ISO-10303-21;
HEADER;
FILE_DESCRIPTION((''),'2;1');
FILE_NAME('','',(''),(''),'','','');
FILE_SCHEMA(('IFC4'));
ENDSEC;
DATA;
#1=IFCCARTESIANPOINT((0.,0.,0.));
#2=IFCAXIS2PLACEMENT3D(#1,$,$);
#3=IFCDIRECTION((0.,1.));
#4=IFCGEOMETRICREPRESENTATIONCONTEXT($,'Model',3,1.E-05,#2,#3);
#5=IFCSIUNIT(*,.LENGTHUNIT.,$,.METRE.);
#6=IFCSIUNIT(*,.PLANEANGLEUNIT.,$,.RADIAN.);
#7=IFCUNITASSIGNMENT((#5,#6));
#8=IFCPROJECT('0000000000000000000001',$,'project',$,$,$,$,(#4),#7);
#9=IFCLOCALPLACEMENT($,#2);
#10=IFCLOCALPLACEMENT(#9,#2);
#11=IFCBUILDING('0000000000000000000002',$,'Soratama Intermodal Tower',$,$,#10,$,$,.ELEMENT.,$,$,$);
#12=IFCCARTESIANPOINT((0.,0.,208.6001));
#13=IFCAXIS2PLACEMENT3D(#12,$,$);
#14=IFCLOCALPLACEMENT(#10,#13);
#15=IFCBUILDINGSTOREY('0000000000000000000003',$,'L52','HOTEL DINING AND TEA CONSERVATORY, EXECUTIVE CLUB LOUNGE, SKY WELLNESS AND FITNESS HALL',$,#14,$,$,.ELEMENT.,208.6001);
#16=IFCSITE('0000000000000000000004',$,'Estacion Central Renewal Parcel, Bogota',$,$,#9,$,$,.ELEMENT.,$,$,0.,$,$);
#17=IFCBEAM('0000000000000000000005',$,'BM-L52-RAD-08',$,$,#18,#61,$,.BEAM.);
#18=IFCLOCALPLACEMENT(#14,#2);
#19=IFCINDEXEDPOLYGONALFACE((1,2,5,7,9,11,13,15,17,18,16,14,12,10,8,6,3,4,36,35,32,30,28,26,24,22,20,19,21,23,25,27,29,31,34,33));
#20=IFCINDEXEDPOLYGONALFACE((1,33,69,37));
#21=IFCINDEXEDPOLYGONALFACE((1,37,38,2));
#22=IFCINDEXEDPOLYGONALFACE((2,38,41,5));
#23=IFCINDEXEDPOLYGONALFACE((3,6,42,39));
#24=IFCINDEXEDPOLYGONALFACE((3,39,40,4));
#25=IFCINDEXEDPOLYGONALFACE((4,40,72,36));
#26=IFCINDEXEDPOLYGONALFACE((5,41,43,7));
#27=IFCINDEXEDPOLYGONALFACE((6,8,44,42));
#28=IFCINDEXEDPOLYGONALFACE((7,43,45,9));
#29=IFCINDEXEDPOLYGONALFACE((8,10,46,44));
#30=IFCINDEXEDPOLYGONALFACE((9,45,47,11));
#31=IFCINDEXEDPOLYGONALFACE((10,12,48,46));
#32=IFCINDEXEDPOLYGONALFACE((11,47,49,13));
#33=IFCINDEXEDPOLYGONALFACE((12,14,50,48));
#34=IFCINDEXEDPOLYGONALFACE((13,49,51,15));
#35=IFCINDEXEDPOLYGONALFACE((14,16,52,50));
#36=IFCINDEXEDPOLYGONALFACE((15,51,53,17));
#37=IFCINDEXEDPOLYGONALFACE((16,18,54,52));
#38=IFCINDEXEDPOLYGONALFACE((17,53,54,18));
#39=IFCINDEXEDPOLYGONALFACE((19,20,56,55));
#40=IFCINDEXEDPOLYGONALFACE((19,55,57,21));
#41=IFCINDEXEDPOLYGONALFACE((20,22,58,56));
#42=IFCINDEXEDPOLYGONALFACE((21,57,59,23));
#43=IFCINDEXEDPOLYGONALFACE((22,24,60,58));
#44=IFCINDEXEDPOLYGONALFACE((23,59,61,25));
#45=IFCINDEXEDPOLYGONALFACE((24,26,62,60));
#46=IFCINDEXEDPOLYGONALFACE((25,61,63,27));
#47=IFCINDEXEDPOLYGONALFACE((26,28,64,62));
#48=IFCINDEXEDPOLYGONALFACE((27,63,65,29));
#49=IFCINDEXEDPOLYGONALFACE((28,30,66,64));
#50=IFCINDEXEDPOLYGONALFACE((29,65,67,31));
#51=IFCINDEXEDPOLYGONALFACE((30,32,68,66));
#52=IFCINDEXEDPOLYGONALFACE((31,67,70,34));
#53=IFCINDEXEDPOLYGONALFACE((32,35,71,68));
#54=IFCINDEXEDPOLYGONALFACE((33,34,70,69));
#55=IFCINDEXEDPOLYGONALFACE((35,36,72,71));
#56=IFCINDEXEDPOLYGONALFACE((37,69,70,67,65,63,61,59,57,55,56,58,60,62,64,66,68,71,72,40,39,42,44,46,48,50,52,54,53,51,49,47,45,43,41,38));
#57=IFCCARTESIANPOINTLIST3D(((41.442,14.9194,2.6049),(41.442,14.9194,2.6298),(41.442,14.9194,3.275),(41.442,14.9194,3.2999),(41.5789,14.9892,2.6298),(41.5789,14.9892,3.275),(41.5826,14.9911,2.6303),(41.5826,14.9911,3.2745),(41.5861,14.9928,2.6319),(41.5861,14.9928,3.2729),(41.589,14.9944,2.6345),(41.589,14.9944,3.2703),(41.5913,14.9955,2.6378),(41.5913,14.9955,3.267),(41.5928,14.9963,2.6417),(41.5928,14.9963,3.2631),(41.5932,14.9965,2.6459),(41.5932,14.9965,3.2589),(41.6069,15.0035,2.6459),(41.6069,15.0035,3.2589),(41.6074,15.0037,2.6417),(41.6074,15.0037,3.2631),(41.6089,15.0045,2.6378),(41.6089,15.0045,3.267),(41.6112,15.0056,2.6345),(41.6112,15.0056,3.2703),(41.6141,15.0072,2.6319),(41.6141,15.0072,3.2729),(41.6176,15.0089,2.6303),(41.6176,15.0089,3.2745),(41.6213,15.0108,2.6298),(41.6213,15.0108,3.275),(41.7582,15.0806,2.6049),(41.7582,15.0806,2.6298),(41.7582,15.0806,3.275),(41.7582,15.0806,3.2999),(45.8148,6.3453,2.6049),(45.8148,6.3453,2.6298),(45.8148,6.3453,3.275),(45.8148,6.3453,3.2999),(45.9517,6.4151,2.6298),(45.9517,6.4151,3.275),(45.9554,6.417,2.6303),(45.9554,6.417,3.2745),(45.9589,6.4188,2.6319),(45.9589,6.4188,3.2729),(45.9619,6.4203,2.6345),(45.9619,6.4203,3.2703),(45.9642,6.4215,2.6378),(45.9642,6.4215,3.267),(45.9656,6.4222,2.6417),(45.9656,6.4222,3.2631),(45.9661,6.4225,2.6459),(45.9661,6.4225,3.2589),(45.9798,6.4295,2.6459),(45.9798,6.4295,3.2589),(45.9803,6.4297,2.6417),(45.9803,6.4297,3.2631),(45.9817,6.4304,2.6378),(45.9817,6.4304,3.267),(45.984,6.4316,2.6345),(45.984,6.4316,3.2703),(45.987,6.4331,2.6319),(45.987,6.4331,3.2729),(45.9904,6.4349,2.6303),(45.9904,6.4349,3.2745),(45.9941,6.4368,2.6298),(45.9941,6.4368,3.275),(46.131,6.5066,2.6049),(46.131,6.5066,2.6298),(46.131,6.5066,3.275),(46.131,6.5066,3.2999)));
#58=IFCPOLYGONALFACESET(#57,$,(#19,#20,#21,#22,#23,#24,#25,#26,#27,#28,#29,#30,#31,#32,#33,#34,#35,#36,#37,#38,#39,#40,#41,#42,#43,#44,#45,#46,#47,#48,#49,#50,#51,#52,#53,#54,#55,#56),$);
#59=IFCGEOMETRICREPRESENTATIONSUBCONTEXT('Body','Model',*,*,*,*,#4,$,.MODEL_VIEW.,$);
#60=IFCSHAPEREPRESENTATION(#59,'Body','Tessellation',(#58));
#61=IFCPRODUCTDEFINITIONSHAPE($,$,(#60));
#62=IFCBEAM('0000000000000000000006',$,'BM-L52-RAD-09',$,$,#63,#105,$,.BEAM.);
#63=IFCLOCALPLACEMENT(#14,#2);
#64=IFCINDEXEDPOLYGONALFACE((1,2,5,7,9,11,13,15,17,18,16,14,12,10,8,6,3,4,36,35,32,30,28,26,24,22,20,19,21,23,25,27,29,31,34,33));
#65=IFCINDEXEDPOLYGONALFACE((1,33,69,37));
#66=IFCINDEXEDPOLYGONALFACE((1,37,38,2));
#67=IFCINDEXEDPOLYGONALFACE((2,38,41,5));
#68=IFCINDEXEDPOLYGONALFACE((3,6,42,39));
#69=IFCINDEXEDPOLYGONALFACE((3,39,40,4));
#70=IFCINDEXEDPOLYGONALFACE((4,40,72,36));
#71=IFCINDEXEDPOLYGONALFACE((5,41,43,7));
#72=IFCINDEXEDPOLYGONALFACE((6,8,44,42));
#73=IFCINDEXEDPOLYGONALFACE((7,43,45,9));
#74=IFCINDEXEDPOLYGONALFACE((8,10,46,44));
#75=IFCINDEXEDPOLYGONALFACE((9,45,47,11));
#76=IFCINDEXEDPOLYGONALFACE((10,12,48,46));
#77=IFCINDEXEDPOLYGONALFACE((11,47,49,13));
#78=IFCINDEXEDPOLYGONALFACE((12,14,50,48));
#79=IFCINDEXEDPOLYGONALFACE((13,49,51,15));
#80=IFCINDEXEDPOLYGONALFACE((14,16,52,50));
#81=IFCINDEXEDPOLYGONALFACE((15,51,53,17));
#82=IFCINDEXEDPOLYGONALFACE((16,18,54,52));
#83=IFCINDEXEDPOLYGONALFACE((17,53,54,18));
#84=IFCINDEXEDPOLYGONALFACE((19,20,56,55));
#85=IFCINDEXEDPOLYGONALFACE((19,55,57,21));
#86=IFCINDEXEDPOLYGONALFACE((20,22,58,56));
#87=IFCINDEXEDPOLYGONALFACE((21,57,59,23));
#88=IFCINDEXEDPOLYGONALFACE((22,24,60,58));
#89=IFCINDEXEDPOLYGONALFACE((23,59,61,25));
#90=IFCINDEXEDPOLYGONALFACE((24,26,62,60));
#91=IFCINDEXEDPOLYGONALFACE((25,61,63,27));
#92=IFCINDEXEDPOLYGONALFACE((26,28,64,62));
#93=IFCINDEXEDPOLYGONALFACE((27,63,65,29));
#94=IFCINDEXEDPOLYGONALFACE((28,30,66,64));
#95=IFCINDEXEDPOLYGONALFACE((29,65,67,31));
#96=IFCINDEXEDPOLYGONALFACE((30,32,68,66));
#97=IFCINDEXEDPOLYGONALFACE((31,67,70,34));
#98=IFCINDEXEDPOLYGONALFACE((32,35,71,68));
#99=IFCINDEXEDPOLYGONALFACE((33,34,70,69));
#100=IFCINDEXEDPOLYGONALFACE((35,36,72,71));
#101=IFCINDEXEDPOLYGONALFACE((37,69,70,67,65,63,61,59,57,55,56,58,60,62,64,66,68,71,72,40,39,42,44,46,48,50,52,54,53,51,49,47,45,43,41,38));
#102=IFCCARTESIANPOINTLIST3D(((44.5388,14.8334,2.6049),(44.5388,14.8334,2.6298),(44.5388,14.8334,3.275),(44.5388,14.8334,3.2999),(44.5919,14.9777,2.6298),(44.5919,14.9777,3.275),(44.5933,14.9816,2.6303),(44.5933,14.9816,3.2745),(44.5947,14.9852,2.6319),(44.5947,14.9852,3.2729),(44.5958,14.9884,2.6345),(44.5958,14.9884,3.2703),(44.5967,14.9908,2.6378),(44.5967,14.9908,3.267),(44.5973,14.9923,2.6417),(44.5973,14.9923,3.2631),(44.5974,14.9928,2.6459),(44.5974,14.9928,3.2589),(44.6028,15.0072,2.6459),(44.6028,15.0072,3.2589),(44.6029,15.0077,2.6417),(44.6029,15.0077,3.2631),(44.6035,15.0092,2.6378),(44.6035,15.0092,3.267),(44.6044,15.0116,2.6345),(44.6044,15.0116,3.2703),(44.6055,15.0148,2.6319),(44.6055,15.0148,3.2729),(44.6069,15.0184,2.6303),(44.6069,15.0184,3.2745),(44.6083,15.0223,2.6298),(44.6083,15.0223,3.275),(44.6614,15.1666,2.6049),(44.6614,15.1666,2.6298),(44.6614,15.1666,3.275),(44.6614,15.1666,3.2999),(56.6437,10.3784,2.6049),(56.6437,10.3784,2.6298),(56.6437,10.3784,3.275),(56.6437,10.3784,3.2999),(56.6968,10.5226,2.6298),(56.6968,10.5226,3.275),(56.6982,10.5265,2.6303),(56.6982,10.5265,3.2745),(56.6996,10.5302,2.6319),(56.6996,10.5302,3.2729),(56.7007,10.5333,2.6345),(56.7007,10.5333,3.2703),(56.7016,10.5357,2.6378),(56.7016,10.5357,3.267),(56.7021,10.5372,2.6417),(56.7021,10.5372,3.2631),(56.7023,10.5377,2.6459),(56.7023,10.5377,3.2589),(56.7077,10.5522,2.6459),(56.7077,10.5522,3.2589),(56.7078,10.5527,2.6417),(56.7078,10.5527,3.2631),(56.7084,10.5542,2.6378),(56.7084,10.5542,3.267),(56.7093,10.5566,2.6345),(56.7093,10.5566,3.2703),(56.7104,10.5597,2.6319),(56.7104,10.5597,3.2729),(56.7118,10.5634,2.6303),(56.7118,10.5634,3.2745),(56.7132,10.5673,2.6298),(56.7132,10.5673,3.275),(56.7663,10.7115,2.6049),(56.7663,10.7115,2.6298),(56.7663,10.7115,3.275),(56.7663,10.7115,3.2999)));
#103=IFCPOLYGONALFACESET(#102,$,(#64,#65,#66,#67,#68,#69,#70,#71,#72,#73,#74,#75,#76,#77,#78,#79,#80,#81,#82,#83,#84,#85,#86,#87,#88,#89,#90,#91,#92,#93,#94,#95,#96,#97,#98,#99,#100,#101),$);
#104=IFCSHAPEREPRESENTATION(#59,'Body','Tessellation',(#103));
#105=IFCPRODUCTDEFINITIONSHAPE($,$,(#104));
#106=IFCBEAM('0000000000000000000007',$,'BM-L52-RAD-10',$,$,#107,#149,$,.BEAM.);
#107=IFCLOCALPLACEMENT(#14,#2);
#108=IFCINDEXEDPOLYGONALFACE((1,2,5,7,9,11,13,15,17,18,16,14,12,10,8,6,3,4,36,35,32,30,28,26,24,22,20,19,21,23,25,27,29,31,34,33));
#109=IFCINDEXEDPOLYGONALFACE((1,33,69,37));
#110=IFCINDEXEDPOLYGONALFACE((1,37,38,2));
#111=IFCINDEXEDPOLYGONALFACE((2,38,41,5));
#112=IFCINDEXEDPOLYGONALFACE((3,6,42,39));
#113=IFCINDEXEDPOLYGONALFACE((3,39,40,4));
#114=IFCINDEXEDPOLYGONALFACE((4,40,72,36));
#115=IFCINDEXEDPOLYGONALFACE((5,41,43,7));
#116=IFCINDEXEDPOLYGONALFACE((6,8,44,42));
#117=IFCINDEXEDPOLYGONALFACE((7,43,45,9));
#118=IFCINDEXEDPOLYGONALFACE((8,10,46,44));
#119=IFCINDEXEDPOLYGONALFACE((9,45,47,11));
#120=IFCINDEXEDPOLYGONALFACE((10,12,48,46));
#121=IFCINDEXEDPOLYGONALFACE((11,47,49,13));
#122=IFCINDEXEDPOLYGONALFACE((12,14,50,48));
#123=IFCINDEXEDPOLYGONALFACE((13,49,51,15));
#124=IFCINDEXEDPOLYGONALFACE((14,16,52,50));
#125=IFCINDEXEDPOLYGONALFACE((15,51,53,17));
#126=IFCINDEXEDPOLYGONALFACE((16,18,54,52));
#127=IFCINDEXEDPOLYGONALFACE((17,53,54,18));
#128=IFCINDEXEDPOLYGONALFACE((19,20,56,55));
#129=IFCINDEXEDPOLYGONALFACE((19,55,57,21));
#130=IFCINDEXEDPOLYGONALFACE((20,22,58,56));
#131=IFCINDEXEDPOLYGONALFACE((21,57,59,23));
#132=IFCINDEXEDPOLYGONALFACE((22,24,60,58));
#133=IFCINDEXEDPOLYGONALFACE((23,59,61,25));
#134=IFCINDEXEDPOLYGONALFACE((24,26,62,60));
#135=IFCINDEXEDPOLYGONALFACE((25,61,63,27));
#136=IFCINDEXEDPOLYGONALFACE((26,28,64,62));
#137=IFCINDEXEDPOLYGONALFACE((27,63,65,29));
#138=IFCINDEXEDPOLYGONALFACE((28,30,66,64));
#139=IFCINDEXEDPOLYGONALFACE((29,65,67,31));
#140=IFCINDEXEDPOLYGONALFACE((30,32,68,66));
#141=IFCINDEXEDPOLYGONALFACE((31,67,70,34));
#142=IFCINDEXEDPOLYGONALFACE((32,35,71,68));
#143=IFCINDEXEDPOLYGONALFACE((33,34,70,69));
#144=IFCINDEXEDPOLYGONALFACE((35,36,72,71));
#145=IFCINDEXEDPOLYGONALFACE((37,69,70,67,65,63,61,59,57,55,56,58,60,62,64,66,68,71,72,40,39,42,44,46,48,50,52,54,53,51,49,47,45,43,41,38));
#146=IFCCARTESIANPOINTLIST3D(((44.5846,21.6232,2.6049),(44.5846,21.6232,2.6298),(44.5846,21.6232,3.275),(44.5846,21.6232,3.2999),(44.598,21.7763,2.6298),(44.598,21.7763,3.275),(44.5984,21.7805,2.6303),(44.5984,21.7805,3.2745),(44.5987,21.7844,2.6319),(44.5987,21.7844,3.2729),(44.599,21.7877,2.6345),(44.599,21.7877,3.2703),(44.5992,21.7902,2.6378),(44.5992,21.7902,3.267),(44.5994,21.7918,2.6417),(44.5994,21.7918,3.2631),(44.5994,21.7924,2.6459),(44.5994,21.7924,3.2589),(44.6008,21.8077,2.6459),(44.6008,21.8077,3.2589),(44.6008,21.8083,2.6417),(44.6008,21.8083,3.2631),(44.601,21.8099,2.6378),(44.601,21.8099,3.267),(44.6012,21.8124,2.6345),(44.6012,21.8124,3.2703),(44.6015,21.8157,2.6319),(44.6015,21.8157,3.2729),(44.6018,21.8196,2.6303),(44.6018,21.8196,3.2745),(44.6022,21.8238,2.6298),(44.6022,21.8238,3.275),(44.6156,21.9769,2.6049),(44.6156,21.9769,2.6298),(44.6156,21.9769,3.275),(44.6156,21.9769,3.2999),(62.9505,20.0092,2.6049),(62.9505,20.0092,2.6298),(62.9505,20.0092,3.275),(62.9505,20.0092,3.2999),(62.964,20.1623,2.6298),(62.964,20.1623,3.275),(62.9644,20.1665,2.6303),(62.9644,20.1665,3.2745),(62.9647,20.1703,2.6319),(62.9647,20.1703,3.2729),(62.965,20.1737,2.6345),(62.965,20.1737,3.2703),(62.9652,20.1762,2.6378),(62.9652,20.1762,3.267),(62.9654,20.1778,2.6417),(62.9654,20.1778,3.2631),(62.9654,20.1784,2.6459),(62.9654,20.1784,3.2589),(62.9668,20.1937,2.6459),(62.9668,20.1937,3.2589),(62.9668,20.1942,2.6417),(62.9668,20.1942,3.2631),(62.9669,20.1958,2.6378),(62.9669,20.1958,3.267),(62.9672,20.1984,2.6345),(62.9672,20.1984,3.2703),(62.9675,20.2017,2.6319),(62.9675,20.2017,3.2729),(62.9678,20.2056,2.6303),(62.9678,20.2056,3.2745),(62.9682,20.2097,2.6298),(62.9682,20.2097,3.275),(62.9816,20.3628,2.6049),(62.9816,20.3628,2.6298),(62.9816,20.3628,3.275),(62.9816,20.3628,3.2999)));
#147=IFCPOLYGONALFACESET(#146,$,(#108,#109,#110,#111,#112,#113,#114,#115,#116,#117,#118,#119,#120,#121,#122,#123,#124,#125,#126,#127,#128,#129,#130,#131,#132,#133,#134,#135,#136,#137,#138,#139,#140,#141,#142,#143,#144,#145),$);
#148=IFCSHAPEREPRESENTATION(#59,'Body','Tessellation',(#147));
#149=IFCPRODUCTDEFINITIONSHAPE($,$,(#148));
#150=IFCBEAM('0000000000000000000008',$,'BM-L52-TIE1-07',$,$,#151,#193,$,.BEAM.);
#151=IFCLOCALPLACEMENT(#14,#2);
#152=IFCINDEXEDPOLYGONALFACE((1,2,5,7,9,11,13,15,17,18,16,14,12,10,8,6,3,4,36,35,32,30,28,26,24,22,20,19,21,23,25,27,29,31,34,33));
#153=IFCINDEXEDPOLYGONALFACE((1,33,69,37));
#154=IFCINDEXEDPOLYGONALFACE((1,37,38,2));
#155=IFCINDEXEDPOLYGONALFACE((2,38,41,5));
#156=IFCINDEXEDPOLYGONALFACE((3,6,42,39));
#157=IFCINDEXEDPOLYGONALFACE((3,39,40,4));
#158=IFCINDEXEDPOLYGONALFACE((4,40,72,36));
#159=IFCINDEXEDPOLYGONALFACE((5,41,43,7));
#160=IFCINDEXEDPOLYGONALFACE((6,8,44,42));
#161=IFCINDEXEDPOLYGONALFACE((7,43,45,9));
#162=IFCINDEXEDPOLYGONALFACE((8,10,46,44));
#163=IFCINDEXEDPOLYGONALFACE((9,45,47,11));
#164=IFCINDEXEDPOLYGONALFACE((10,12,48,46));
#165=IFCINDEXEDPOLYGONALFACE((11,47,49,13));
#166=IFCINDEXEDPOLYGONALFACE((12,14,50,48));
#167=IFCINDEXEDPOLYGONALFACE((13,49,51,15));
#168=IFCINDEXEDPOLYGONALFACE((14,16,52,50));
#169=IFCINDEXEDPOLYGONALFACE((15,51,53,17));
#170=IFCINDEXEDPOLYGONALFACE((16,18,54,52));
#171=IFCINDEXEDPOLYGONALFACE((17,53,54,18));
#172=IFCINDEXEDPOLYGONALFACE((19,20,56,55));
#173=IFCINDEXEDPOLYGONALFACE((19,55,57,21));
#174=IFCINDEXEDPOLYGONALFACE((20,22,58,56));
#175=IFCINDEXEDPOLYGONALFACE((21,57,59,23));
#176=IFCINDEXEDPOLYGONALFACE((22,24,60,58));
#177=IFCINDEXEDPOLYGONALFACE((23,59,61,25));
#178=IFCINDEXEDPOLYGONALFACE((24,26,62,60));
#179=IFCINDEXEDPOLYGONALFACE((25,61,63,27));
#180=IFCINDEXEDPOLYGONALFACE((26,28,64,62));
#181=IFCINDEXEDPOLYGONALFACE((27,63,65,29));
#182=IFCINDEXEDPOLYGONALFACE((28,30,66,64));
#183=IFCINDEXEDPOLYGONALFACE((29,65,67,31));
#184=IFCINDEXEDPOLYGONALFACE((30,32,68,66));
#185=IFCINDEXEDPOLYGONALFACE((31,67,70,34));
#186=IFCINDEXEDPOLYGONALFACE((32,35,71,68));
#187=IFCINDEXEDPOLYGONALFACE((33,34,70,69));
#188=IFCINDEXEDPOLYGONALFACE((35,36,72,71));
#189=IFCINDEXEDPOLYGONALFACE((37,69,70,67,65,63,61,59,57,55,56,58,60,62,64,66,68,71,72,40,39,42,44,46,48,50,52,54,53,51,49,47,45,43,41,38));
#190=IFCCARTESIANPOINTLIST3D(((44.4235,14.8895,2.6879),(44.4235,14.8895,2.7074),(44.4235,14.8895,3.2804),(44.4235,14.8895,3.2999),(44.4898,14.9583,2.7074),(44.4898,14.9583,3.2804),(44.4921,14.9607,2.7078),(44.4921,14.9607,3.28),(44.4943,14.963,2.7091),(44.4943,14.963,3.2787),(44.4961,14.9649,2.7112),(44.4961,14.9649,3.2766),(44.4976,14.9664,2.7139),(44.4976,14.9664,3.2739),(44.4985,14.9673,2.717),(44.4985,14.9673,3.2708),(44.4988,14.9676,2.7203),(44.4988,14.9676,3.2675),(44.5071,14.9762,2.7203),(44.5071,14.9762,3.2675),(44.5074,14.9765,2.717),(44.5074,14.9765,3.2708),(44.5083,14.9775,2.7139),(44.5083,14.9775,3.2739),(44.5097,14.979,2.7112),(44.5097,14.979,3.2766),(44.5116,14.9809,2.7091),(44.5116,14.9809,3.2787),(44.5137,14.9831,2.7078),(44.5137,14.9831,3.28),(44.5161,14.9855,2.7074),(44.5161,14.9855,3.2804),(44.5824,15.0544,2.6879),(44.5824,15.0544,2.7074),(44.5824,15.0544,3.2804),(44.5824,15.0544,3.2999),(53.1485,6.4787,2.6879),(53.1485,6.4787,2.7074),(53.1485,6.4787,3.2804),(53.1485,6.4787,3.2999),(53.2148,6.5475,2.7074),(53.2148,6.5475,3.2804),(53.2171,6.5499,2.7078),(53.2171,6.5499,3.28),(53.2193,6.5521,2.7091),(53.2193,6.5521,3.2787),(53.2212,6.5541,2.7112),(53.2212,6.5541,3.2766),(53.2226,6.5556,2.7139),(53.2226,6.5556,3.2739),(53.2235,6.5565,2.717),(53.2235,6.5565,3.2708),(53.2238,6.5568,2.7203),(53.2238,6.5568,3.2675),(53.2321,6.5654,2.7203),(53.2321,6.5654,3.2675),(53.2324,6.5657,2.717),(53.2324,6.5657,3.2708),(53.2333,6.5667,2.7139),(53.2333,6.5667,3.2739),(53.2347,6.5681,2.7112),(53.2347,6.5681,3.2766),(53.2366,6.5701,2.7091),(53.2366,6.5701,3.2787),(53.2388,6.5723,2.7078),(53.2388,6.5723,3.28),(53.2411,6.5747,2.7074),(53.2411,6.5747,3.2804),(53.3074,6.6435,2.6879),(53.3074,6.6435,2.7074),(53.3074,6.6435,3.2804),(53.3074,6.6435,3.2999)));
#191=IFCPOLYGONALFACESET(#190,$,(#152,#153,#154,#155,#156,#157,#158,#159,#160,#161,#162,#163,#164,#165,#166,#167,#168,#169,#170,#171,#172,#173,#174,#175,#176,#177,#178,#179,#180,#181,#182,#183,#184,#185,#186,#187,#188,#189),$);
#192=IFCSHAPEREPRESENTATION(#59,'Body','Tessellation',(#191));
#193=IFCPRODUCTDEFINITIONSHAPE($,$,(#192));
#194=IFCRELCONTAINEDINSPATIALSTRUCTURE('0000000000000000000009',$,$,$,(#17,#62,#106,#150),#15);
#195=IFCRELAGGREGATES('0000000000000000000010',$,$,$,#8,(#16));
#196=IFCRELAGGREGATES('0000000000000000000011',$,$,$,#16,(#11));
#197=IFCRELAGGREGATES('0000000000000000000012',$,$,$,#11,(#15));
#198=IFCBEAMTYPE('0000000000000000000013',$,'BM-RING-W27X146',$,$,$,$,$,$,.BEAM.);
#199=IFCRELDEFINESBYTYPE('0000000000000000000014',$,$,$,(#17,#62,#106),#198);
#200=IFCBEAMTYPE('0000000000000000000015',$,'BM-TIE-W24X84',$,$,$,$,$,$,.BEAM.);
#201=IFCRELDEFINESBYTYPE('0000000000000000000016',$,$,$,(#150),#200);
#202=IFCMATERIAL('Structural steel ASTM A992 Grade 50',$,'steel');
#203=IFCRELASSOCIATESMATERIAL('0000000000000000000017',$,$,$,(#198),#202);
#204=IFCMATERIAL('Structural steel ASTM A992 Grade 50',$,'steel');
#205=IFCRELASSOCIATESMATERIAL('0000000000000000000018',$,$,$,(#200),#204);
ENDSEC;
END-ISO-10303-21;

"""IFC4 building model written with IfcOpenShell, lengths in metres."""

from ifc_helpers import new_model, si_unit, direction, frame, origin, origin_2d, place, context, subcontext, project, spatial, i_section, extrude, material, material_profile, profile_set, type_object, element, save


model = new_model("IFC4")

# Units and contexts
model_context = context("Model", 3, precision=1e-05, world=origin(), true_north=direction((0.0, 1.0)))
body_context = subcontext(model_context, "Body", "Model", "MODEL_VIEW")
ifc_project = project(units=[si_unit("LENGTHUNIT", "METRE"), si_unit("PLANEANGLEUNIT", "RADIAN")], contexts=[model_context])

# Site, building, storey
site_placement = place(None, origin())
site = spatial("IfcSite", under=ifc_project, at=site_placement, Name="Estacion Central Renewal Parcel, Bogota", CompositionType="ELEMENT", RefElevation=0.0)
building_placement = place(site_placement, origin())
building = spatial("IfcBuilding", under=site, at=building_placement, Name="Soratama Intermodal Tower", CompositionType="ELEMENT")
storey_placement = place(building_placement, frame((0.0, 0.0, 208.6001)))
storey = spatial("IfcBuildingStorey", under=building, at=storey_placement, Name="L52", Description="HOTEL DINING AND TEA CONSERVATORY, EXECUTIVE CLUB LOUNGE, SKY WELLNESS AND FITNESS HALL", CompositionType="ELEMENT", Elevation=208.6001)

# Beams
ifc_material_1 = material(Name="Structural steel ASTM A992 Grade 50", Category="steel")
ifc_material_profile_1 = material_profile(ifc_material_1, i_section(OverallWidth=0.355, OverallDepth=0.6951, WebThickness=0.0154, FlangeThickness=0.0249, FilletRadius=0.0161, at=origin_2d()), Name="W27X146")
ifc_profile_set_1 = profile_set([ifc_material_profile_1], Name="Structural steel ASTM A992 Grade 50")
beam_type_1 = type_object("IfcBeamType", Name="BM-RING-W27X146", PredefinedType="BEAM", material=ifc_profile_set_1)
beam_1_placement = place(storey_placement, frame((41.6001, 15.0, 2.9524), z_axis=(0.454332, -0.890832, 0.0), x_axis=(0.890832, 0.454332, 0.0)))
element("IfcBeam", 1, at=beam_1_placement, inside=storey, type_object=beam_type_1, Name="BM-L52-RAD-08", PredefinedType="BEAM", context=body_context, shape_type="SweptSolid", body=[
    extrude(i_section(OverallWidth=0.355, OverallDepth=0.6951, WebThickness=0.0154, FlangeThickness=0.0249, FilletRadius=0.0161, at=origin_2d()), origin(), (0.0, 0.0, 1.0), 9.6248),
])
beam_2_placement = place(storey_placement, frame((44.6001, 15.0, 2.9524), z_axis=(0.93846, -0.345388, 0.0), x_axis=(0.345388, 0.93846, 0.0)))
element("IfcBeam", 2, at=beam_2_placement, inside=storey, type_object=beam_type_1, Name="BM-L52-RAD-09", PredefinedType="BEAM", context=body_context, shape_type="SweptSolid", body=[
    extrude(i_section(OverallWidth=0.355, OverallDepth=0.6951, WebThickness=0.0154, FlangeThickness=0.0249, FilletRadius=0.0161, at=origin_2d()), origin(), (0.0, 0.0, 1.0), 12.8987),
])
beam_3_placement = place(storey_placement, frame((44.6001, 21.8, 2.9524), z_axis=(0.996161, -0.087543, 0.0), x_axis=(0.087543, 0.996161, 0.0)))
element("IfcBeam", 3, at=beam_3_placement, inside=storey, type_object=beam_type_1, Name="BM-L52-RAD-10", PredefinedType="BEAM", context=body_context, shape_type="SweptSolid", body=[
    extrude(i_section(OverallWidth=0.355, OverallDepth=0.6951, WebThickness=0.0154, FlangeThickness=0.0249, FilletRadius=0.0161, at=origin_2d()), origin(), (0.0, 0.0, 1.0), 18.4368),
])
ifc_material_2 = material(Name="Structural steel ASTM A992 Grade 50", Category="steel")
ifc_material_profile_2 = material_profile(ifc_material_2, i_section(OverallWidth=0.229, OverallDepth=0.6121, WebThickness=0.012, FlangeThickness=0.0195, FilletRadius=0.0129, at=origin_2d()), Name="W24X84")
ifc_profile_set_2 = profile_set([ifc_material_profile_2], Name="Structural steel ASTM A992 Grade 50")
beam_type_2 = type_object("IfcBeamType", Name="BM-TIE-W24X84", PredefinedType="BEAM", material=ifc_profile_set_2)
beam_4_placement = place(storey_placement, frame((44.5029, 14.9719, 2.9939), z_axis=(0.719951, -0.694024, 0.0), x_axis=(0.694024, 0.719951, 0.0)))
element("IfcBeam", 4, at=beam_4_placement, inside=storey, type_object=beam_type_2, Name="BM-L52-TIE1-07", PredefinedType="BEAM", context=body_context, shape_type="SweptSolid", body=[
    extrude(i_section(OverallWidth=0.229, OverallDepth=0.6121, WebThickness=0.012, FlangeThickness=0.0195, FilletRadius=0.0129, at=origin_2d()), origin(), (0.0, 0.0, 1.0), 12.1189),
])

save(model, "model.ifc")
